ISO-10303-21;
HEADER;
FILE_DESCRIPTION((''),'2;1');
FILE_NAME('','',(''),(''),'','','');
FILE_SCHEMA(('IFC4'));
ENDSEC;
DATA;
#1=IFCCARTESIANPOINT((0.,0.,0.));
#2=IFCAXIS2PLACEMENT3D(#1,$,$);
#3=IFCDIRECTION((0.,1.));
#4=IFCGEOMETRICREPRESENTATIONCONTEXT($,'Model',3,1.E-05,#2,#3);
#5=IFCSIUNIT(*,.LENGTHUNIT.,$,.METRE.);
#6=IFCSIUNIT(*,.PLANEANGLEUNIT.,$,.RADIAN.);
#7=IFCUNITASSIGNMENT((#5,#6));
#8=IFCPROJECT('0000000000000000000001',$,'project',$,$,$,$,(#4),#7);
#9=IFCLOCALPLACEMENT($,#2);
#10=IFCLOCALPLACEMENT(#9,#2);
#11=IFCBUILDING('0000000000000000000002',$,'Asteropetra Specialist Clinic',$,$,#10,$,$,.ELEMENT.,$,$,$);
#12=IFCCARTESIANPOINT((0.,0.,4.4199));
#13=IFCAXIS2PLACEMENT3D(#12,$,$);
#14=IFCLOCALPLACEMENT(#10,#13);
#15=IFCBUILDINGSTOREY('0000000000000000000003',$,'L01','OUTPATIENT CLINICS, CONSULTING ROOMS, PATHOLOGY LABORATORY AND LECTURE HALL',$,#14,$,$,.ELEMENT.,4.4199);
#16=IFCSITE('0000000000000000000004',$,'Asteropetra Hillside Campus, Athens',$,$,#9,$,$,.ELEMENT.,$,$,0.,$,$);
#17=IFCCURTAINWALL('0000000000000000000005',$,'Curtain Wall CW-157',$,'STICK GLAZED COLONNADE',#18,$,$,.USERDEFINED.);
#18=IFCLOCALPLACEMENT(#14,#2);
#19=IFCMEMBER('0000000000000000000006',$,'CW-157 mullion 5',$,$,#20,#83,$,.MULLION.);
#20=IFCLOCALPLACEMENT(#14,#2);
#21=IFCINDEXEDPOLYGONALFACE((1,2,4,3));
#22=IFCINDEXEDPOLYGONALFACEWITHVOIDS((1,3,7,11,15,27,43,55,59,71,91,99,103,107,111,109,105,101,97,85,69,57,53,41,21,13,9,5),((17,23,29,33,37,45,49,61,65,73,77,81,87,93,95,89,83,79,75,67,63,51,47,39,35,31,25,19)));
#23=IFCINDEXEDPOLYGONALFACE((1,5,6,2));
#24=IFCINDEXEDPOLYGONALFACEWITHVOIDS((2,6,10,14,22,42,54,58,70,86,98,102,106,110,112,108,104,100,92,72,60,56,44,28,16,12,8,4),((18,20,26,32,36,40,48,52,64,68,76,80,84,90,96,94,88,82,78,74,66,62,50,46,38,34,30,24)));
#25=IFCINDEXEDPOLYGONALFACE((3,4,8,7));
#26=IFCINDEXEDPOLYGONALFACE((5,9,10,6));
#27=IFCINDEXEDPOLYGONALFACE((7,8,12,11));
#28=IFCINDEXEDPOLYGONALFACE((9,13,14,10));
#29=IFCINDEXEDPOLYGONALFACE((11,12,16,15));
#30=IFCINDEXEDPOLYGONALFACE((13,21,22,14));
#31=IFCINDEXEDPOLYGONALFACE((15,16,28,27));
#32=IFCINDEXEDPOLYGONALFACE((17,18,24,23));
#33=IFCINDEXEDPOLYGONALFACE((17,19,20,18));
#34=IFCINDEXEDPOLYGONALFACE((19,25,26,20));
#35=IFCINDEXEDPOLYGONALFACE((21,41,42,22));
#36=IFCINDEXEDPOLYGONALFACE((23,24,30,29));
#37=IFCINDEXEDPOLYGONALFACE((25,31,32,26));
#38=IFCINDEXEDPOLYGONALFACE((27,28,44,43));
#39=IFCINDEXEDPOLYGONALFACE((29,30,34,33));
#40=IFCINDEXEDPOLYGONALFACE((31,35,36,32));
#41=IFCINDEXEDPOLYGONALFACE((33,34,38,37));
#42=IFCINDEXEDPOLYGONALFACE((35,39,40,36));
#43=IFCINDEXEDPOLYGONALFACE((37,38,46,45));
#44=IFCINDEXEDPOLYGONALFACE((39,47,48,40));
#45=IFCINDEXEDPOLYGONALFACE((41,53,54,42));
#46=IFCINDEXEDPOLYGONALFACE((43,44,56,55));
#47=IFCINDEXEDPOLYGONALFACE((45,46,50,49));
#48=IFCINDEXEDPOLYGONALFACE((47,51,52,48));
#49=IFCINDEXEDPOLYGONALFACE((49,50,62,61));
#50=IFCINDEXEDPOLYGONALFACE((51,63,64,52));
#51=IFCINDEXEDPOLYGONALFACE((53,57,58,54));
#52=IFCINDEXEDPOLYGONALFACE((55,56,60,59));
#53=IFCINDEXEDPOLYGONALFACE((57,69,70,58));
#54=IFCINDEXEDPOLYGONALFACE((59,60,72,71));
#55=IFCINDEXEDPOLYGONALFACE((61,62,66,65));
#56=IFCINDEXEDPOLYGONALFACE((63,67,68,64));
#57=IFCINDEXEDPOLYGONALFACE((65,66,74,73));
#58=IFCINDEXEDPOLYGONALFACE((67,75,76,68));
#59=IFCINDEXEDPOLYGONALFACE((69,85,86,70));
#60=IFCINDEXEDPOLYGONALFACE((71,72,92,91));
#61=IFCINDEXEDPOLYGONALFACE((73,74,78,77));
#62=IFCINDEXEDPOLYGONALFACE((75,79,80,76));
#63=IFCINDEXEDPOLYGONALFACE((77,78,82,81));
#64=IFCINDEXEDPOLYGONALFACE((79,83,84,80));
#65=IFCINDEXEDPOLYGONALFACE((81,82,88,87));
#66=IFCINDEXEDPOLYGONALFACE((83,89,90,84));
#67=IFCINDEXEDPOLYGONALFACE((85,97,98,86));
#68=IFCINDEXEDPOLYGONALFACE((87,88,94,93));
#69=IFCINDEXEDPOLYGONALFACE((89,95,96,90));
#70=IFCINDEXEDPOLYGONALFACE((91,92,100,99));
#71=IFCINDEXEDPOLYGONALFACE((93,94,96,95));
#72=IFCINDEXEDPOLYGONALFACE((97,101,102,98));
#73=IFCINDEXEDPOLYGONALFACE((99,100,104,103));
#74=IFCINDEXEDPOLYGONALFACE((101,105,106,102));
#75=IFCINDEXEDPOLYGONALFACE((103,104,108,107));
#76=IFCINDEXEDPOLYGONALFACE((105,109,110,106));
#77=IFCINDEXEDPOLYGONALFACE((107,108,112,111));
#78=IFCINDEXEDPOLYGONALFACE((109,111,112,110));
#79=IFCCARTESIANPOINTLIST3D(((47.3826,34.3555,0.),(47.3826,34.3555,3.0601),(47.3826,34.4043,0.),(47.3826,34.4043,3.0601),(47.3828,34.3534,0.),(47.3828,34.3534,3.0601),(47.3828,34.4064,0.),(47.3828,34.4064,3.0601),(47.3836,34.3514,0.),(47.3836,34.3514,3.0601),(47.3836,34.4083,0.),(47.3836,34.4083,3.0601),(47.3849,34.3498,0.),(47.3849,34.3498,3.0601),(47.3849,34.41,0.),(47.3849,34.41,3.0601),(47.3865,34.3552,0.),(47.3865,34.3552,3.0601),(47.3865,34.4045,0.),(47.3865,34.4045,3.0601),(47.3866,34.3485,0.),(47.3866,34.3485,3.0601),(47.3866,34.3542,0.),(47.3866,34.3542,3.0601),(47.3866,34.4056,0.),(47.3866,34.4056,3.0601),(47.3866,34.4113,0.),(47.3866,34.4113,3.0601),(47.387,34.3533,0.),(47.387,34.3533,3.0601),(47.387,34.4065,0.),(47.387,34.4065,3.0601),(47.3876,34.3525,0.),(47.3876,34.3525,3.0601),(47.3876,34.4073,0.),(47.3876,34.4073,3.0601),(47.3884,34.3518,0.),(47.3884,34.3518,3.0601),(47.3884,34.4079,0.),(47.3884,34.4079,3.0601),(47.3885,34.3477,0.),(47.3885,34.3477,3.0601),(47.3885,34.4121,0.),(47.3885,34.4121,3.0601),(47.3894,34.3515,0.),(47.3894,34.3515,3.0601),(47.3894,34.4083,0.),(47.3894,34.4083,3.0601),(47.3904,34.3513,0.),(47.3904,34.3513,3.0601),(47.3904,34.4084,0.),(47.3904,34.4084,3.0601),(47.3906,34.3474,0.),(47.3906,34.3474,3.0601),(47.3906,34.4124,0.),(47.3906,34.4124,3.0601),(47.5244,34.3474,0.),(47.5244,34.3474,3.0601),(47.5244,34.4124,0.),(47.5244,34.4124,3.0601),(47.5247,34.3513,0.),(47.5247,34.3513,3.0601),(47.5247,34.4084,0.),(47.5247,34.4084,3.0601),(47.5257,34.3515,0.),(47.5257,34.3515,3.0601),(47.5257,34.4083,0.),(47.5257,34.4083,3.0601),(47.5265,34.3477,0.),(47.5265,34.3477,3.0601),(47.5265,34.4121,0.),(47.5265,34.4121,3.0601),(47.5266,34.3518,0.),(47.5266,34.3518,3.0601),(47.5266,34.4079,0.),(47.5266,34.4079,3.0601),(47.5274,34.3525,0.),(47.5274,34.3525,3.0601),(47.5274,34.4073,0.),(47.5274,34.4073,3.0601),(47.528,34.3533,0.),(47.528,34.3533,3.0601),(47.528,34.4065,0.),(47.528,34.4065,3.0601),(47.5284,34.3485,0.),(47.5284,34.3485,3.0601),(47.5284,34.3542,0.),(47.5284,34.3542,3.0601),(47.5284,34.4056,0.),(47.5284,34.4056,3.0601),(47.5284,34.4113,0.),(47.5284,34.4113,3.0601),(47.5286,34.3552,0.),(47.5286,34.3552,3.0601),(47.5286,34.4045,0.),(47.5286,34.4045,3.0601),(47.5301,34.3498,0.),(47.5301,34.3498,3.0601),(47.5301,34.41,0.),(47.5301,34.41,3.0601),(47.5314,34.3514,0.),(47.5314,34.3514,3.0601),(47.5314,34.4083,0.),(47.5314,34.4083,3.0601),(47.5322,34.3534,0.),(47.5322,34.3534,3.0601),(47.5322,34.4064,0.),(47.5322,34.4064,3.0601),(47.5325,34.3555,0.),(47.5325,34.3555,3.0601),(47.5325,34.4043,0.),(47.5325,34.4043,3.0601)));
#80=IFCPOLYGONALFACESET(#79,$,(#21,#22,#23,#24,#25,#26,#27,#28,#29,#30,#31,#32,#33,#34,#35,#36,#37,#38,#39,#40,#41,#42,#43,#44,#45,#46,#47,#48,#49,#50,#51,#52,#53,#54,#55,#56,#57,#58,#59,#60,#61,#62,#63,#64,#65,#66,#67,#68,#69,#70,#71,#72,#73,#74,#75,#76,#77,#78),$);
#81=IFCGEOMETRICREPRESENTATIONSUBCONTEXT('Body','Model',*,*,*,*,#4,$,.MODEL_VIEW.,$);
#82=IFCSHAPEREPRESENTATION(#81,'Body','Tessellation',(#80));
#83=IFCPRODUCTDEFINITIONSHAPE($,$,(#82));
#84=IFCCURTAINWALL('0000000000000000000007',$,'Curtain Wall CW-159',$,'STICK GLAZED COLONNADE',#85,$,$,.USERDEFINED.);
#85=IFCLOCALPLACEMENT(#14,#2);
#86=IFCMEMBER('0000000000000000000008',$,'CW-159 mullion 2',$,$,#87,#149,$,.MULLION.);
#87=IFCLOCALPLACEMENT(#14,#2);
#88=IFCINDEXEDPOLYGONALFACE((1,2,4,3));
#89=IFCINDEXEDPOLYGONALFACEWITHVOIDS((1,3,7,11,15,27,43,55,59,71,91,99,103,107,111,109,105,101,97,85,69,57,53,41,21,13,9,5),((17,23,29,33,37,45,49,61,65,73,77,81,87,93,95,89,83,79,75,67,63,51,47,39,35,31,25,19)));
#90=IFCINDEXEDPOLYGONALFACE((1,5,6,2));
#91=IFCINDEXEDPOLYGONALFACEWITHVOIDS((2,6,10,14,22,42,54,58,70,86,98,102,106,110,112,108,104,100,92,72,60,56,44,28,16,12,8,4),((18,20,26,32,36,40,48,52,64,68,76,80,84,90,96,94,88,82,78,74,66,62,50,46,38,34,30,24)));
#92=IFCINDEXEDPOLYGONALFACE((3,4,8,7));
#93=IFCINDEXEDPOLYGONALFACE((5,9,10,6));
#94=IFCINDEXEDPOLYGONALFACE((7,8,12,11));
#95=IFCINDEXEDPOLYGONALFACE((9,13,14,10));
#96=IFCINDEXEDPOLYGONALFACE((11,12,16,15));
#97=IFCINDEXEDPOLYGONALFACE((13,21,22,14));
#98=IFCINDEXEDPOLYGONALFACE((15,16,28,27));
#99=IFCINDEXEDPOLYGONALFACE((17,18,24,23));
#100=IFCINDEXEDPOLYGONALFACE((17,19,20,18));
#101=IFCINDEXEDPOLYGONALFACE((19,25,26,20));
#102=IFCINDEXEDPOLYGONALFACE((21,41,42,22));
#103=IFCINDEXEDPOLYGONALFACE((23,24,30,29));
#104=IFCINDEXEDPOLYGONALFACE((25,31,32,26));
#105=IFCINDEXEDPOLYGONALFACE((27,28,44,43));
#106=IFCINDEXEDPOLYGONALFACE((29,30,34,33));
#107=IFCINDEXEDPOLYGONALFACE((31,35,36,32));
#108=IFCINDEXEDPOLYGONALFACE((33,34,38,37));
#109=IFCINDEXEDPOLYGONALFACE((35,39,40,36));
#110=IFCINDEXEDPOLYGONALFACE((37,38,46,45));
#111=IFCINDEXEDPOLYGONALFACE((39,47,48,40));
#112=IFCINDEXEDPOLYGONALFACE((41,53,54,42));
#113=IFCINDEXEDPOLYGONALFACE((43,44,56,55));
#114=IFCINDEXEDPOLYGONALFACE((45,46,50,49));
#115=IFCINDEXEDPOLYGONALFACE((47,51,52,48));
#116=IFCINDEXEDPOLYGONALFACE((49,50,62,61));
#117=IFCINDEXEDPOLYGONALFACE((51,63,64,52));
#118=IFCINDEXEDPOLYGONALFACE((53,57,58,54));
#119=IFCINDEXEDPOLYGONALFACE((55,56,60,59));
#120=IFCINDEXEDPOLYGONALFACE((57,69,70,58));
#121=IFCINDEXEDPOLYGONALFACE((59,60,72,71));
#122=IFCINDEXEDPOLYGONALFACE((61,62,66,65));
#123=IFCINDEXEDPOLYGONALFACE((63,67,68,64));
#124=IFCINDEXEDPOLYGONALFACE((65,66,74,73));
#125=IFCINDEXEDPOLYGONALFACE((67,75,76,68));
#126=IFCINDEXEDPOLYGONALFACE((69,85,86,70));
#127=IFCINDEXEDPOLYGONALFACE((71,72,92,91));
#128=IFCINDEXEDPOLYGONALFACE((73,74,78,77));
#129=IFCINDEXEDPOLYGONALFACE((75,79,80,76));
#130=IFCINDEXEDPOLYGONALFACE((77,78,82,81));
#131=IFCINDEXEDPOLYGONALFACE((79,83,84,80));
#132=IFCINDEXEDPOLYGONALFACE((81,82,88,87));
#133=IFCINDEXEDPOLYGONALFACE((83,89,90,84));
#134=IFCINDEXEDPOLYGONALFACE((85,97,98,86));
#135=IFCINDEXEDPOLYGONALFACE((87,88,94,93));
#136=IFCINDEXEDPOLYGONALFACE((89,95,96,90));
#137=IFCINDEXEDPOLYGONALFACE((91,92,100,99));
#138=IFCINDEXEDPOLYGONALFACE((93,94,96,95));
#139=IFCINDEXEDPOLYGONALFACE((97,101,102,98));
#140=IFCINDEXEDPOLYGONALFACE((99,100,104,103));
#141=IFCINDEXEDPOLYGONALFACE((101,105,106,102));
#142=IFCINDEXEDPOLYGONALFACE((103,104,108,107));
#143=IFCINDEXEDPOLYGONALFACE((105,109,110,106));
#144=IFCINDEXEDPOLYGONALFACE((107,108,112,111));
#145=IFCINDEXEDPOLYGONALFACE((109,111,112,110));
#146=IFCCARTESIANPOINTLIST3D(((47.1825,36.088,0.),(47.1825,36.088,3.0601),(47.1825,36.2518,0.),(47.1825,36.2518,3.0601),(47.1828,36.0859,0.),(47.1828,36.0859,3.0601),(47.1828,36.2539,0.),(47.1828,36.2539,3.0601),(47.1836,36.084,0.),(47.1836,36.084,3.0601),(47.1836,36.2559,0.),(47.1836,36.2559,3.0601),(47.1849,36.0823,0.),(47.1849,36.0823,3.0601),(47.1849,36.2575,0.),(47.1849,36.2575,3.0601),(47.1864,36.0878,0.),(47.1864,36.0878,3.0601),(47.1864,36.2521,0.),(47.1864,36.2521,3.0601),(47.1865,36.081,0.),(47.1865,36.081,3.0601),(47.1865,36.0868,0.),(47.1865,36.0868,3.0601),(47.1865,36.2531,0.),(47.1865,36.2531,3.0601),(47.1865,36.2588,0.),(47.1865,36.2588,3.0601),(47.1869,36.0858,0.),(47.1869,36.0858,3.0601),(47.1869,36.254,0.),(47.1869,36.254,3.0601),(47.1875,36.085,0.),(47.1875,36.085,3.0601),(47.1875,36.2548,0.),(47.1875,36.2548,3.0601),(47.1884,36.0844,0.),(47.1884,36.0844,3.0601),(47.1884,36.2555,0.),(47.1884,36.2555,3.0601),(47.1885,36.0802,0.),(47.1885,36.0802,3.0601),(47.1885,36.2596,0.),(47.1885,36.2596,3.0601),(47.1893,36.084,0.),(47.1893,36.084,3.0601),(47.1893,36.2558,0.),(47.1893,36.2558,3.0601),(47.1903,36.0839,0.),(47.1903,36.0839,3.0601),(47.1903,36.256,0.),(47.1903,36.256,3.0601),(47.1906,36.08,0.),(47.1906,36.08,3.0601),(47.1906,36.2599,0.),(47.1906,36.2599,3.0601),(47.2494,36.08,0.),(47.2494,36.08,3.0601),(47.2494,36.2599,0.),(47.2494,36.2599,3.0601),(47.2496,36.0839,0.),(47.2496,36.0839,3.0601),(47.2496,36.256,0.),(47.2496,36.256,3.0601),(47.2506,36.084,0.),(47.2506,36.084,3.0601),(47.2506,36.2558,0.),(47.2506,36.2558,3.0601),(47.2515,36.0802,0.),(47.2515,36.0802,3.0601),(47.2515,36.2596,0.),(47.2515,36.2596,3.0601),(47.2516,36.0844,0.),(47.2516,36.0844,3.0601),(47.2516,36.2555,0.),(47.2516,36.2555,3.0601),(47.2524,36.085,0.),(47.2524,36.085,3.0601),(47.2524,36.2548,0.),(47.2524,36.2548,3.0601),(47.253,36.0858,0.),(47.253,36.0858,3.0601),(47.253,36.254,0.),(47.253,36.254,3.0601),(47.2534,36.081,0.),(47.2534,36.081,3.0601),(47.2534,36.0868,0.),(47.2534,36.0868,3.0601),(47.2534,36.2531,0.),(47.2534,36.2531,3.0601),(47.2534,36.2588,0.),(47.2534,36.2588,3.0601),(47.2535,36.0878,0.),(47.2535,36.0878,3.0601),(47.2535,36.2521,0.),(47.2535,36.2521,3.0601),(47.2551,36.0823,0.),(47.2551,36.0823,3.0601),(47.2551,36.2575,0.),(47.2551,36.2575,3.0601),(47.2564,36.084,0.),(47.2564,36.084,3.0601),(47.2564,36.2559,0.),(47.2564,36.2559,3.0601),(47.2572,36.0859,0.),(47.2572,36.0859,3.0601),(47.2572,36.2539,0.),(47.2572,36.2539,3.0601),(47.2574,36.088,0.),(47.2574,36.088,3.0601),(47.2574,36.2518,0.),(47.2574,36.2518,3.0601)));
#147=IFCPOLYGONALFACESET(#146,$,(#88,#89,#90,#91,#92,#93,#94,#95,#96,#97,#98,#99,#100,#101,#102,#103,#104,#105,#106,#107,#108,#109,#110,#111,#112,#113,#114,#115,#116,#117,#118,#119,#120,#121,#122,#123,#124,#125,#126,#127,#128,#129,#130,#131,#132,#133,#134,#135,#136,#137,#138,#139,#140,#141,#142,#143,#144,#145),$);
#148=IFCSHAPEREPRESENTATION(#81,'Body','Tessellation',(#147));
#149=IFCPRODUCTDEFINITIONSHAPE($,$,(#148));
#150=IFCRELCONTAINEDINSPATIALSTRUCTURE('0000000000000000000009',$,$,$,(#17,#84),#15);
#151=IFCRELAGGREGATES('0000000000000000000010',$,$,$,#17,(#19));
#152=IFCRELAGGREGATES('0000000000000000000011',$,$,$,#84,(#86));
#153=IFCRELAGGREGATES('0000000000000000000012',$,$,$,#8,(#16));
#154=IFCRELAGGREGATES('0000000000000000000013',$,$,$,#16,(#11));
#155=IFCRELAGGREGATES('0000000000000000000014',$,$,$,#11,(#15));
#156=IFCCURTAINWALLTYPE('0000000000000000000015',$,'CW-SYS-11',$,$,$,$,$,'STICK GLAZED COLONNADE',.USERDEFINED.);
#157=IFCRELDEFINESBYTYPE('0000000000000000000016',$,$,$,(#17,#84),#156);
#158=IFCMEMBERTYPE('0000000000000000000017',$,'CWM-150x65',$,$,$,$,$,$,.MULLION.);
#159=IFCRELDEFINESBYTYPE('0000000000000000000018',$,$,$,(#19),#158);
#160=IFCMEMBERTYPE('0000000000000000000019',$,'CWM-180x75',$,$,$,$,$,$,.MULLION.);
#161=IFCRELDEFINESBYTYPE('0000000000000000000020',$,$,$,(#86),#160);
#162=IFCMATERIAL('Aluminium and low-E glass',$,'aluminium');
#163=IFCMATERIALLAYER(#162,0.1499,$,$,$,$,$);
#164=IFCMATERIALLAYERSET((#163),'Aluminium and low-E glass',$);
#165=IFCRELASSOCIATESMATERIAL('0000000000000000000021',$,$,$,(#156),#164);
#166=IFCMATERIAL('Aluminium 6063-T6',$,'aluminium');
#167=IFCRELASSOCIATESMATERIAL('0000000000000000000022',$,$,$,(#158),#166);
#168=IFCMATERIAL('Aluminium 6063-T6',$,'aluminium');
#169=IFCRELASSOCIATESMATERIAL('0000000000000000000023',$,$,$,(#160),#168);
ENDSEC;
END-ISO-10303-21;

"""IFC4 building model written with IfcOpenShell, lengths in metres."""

from ifc_helpers import new_model, si_unit, direction, frame, origin, origin_2d, place, context, subcontext, project, spatial, hollow_rectangle, extrude, material, layer, layer_set, material_profile, profile_set, type_object, element, aggregate, save


model = new_model("IFC4")

# Units and contexts
model_context = context("Model", 3, precision=1e-05, world=origin(), true_north=direction((0.0, 1.0)))
body_context = subcontext(model_context, "Body", "Model", "MODEL_VIEW")
ifc_project = project(units=[si_unit("LENGTHUNIT", "METRE"), si_unit("PLANEANGLEUNIT", "RADIAN")], contexts=[model_context])

# Site, building, storey
site_placement = place(None, origin())
site = spatial("IfcSite", under=ifc_project, at=site_placement, Name="Asteropetra Hillside Campus, Athens", CompositionType="ELEMENT", RefElevation=0.0)
building_placement = place(site_placement, origin())
building = spatial("IfcBuilding", under=site, at=building_placement, Name="Asteropetra Specialist Clinic", CompositionType="ELEMENT")
storey_placement = place(building_placement, frame((0.0, 0.0, 4.4199)))
storey = spatial("IfcBuildingStorey", under=building, at=storey_placement, Name="L01", Description="OUTPATIENT CLINICS, CONSULTING ROOMS, PATHOLOGY LABORATORY AND LECTURE HALL", CompositionType="ELEMENT", Elevation=4.4199)

# Curtain wall, member
ifc_material_1 = material(Name="Aluminium and low-E glass", Category="aluminium")
ifc_layer_1 = layer(ifc_material_1, 0.1499)
ifc_layer_set_1 = layer_set([ifc_layer_1], Name="Aluminium and low-E glass")
curtain_wall_type = type_object("IfcCurtainWallType", Name="CW-SYS-11", ElementType="STICK GLAZED COLONNADE", PredefinedType="USERDEFINED", material=ifc_layer_set_1)
curtain_wall_1_placement = place(storey_placement, origin())
curtain_wall_1 = element("IfcCurtainWall", 1, at=curtain_wall_1_placement, inside=storey, type_object=curtain_wall_type, Name="Curtain Wall CW-157", ObjectType="STICK GLAZED COLONNADE", PredefinedType="USERDEFINED")
ifc_material_2 = material(Name="Aluminium 6063-T6", Category="aluminium")
ifc_material_profile_1 = material_profile(ifc_material_2, hollow_rectangle(XDim=0.0649, YDim=0.1499, WallThickness=0.0039, InnerFilletRadius=0.0039, OuterFilletRadius=0.0081, at=origin_2d()), Name="MUL 150x65x4.0")
ifc_profile_set_1 = profile_set([ifc_material_profile_1], Name="Aluminium 6063-T6")
member_type_1 = type_object("IfcMemberType", Name="CWM-150x65", PredefinedType="MULLION", material=ifc_profile_set_1)
member_1_placement = place(storey_placement, frame((47.4575, 34.3799, 0.0), z_axis=(0.0, 0.0, 1.0), x_axis=(0.0, 1.0, 0.0)))
member_1 = element("IfcMember", 2, at=member_1_placement, type_object=member_type_1, Name="CW-157 mullion 5", PredefinedType="MULLION", context=body_context, shape_type="SweptSolid", body=[
    extrude(hollow_rectangle(XDim=0.0649, YDim=0.1499, WallThickness=0.0039, InnerFilletRadius=0.0039, OuterFilletRadius=0.0081, at=origin_2d()), origin(), (0.0, 0.0, 1.0), 3.0601),
])

# Curtain wall, member
curtain_wall_2_placement = place(storey_placement, origin())
curtain_wall_2 = element("IfcCurtainWall", 3, at=curtain_wall_2_placement, inside=storey, type_object=curtain_wall_type, Name="Curtain Wall CW-159", ObjectType="STICK GLAZED COLONNADE", PredefinedType="USERDEFINED")
ifc_material_3 = material(Name="Aluminium 6063-T6", Category="aluminium")
ifc_material_profile_2 = material_profile(ifc_material_3, hollow_rectangle(XDim=0.075, YDim=0.1799, WallThickness=0.0039, InnerFilletRadius=0.0039, OuterFilletRadius=0.0081, at=origin_2d()), Name="MUL 180x75x4.0")
ifc_profile_set_2 = profile_set([ifc_material_profile_2], Name="Aluminium 6063-T6")
member_type_2 = type_object("IfcMemberType", Name="CWM-180x75", PredefinedType="MULLION", material=ifc_profile_set_2)
member_2_placement = place(storey_placement, frame((47.22, 36.1699, 0.0), z_axis=(0.0, 0.0, 1.0), x_axis=(-1.0, 0.0, 0.0)))
member_2 = element("IfcMember", 4, at=member_2_placement, type_object=member_type_2, Name="CW-159 mullion 2", PredefinedType="MULLION", context=body_context, shape_type="SweptSolid", body=[
    extrude(hollow_rectangle(XDim=0.075, YDim=0.1799, WallThickness=0.0039, InnerFilletRadius=0.0039, OuterFilletRadius=0.0081, at=origin_2d()), origin(), (0.0, 0.0, 1.0), 3.0601),
])

aggregate(curtain_wall_1, [member_1])
aggregate(curtain_wall_2, [member_2])

save(model, "model.ifc")
